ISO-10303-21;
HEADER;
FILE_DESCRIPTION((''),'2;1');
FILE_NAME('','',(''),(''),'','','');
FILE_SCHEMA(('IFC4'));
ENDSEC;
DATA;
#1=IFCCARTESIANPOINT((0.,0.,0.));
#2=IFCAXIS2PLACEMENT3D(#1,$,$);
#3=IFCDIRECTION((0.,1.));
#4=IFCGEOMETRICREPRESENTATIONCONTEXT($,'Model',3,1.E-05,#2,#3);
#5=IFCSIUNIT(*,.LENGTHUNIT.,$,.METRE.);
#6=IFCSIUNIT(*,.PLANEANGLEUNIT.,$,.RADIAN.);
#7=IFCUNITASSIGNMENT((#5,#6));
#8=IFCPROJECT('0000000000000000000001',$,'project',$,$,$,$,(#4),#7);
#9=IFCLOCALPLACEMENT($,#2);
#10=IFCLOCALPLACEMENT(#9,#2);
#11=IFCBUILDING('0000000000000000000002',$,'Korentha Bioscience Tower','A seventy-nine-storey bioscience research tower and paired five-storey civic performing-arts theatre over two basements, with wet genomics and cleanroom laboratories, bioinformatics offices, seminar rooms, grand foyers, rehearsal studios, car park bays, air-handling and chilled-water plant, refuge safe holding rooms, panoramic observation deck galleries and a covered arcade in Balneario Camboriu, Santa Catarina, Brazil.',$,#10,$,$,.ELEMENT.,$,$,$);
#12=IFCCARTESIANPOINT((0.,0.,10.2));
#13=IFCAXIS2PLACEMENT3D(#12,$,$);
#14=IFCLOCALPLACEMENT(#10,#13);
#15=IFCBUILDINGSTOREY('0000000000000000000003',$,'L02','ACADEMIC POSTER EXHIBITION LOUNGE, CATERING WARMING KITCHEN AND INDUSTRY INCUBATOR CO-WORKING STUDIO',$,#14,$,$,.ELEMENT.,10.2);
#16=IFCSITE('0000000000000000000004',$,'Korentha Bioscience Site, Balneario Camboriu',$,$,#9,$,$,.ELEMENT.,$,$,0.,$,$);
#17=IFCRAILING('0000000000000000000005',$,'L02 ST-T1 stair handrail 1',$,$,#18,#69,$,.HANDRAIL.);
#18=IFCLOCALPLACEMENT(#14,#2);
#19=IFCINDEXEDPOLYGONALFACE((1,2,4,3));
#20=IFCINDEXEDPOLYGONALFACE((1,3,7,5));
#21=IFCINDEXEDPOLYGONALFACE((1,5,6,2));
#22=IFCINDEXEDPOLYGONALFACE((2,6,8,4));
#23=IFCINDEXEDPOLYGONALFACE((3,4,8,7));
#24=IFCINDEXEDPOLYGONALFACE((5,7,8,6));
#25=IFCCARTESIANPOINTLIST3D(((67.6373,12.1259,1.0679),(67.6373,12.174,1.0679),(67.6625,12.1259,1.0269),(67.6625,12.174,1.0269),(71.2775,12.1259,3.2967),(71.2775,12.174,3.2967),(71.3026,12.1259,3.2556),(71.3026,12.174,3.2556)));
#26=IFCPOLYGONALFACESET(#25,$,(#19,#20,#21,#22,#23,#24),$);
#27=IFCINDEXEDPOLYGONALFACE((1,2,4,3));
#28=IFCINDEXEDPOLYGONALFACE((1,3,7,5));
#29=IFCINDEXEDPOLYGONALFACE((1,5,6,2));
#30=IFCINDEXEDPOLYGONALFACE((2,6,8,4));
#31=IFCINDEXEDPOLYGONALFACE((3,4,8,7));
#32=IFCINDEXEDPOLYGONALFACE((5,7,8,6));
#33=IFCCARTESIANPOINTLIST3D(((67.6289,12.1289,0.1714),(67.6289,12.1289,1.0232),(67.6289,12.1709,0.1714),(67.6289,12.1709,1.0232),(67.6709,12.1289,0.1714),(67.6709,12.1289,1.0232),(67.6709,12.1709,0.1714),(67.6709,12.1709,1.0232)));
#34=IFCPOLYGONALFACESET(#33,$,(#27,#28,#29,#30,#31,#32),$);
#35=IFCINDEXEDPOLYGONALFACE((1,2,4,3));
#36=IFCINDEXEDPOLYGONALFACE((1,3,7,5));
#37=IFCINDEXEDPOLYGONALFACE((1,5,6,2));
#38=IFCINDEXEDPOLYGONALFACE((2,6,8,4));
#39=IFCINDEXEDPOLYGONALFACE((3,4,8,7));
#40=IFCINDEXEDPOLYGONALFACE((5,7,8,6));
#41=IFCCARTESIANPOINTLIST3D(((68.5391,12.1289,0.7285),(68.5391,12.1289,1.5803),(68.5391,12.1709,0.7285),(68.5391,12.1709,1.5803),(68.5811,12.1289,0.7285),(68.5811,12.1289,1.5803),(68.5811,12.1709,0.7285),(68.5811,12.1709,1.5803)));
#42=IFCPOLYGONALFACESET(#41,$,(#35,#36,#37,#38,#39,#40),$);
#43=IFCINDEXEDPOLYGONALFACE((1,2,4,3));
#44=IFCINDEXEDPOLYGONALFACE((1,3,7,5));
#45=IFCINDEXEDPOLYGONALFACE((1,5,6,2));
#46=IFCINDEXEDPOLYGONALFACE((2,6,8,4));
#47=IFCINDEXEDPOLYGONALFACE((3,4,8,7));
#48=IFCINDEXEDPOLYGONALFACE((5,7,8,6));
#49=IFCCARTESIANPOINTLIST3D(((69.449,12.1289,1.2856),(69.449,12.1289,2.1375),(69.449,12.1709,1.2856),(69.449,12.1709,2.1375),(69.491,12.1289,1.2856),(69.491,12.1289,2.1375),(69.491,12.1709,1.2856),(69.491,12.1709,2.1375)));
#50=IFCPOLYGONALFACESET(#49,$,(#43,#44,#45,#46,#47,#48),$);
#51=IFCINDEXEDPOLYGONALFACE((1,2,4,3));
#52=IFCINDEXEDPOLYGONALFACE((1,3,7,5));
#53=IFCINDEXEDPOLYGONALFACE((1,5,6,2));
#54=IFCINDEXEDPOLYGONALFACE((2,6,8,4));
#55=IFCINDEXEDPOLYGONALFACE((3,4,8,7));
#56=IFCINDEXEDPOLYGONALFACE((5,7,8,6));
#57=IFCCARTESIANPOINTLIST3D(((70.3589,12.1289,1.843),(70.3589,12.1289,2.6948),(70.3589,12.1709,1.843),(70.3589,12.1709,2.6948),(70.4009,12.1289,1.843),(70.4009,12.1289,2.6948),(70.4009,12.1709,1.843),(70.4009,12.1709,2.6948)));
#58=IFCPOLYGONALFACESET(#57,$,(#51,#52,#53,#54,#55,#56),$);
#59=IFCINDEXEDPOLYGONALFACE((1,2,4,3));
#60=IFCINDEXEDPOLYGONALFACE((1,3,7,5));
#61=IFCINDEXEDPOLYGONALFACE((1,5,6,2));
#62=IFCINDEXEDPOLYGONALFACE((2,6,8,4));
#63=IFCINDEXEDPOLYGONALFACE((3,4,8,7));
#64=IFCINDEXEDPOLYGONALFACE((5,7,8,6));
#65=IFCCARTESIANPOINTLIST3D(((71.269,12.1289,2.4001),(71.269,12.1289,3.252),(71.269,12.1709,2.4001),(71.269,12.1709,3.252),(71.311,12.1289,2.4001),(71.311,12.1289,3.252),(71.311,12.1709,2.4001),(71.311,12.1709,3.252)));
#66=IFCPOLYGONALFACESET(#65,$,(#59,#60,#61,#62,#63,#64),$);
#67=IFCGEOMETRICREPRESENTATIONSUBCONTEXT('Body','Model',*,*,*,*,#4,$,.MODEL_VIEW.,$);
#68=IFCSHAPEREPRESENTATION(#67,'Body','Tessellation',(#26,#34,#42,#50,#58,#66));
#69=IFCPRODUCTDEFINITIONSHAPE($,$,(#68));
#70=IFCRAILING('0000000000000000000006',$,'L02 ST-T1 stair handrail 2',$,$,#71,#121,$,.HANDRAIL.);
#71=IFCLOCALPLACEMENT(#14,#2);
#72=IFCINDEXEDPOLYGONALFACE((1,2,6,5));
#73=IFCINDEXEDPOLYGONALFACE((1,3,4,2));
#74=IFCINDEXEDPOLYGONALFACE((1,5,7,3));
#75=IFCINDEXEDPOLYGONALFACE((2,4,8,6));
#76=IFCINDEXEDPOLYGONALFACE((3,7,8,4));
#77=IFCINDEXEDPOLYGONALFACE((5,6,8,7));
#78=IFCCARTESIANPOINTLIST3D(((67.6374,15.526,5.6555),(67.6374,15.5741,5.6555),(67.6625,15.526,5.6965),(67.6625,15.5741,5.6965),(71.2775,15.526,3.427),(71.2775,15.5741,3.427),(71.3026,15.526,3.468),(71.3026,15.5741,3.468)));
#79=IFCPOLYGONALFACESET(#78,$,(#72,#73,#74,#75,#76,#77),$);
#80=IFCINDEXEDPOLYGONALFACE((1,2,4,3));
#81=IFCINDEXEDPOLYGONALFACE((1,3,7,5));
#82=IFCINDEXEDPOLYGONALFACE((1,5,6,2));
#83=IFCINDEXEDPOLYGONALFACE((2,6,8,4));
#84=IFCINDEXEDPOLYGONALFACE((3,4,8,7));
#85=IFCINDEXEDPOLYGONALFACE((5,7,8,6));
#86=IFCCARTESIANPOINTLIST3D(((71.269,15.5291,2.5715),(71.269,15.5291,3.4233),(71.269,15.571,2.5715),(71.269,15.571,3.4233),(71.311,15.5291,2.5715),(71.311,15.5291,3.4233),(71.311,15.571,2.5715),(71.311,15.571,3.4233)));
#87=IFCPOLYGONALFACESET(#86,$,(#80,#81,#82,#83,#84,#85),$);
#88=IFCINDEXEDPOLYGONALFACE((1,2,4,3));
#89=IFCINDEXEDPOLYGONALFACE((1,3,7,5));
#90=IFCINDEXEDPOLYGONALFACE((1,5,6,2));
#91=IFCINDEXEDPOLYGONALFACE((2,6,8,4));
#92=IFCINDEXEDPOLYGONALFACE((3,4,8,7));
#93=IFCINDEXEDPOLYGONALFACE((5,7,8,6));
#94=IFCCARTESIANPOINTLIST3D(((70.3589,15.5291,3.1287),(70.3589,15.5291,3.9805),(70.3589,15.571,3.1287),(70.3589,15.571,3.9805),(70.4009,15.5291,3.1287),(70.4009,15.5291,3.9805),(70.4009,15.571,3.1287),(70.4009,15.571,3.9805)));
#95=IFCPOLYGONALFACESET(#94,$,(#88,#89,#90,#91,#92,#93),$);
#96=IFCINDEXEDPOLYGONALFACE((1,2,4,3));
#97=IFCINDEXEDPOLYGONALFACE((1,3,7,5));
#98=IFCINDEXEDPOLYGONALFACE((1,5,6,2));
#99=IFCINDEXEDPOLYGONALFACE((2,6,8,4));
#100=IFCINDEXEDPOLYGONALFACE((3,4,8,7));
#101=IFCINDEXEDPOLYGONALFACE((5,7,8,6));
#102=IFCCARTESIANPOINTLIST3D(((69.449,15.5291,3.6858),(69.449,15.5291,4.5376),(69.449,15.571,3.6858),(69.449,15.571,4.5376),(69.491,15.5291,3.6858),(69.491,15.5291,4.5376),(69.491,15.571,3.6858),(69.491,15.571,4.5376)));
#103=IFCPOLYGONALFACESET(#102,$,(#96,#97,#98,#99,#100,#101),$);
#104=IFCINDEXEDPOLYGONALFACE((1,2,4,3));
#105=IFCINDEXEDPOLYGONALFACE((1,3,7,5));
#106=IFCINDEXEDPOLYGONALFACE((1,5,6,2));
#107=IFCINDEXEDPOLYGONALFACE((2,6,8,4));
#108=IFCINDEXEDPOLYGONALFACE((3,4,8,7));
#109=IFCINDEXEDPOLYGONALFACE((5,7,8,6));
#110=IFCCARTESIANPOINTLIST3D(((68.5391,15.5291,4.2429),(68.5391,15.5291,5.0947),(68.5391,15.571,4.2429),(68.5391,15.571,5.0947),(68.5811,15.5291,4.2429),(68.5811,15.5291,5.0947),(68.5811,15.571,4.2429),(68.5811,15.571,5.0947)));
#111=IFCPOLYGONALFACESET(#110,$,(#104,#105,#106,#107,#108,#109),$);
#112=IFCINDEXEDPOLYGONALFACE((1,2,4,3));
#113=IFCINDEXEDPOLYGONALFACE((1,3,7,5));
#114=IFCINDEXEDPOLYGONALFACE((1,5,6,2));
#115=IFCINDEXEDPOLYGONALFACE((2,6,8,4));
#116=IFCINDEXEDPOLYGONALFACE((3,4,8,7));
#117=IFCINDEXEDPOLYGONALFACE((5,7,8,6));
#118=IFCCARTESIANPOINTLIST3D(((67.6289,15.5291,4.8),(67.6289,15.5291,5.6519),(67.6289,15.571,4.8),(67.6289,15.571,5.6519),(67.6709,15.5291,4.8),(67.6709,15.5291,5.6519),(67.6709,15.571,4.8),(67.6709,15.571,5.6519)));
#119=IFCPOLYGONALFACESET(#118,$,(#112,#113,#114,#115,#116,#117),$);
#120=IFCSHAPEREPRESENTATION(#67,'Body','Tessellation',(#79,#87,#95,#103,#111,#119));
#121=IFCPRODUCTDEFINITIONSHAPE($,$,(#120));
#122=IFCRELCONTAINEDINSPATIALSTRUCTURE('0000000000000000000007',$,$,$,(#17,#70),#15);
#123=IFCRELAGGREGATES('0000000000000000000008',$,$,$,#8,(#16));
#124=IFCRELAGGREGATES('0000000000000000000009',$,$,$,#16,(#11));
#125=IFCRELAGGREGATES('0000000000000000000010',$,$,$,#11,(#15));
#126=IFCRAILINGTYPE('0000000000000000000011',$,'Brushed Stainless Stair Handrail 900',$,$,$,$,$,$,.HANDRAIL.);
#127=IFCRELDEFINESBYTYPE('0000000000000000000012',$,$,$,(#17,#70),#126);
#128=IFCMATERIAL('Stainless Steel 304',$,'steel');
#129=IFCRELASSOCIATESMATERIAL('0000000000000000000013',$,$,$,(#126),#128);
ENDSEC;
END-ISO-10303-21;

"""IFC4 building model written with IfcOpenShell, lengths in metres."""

from ifc_helpers import new_model, si_unit, direction, frame, origin, origin_2d, place, context, subcontext, project, spatial, rectangle, extrude, material, type_object, element, save


model = new_model("IFC4")

# Units and contexts
model_context = context("Model", 3, precision=1e-05, world=origin(), true_north=direction((0.0, 1.0)))
body_context = subcontext(model_context, "Body", "Model", "MODEL_VIEW")
ifc_project = project(units=[si_unit("LENGTHUNIT", "METRE"), si_unit("PLANEANGLEUNIT", "RADIAN")], contexts=[model_context])

# Site, building, storey
site_placement = place(None, origin())
site = spatial("IfcSite", under=ifc_project, at=site_placement, Name="Korentha Bioscience Site, Balneario Camboriu", CompositionType="ELEMENT", RefElevation=0.0)
building_placement = place(site_placement, origin())
building = spatial("IfcBuilding", under=site, at=building_placement, Name="Korentha Bioscience Tower", Description="A seventy-nine-storey bioscience research tower and paired five-storey civic performing-arts theatre over two basements, with wet genomics and cleanroom laboratories, bioinformatics offices, seminar rooms, grand foyers, rehearsal studios, car park bays, air-handling and chilled-water plant, refuge safe holding rooms, panoramic observation deck galleries and a covered arcade in Balneario Camboriu, Santa Catarina, Brazil.", CompositionType="ELEMENT")
storey_placement = place(building_placement, frame((0.0, 0.0, 10.2)))
storey = spatial("IfcBuildingStorey", under=building, at=storey_placement, Name="L02", Description="ACADEMIC POSTER EXHIBITION LOUNGE, CATERING WARMING KITCHEN AND INDUSTRY INCUBATOR CO-WORKING STUDIO", CompositionType="ELEMENT", Elevation=10.2)

# Railings
ifc_material_1 = material(Name="Stainless Steel 304", Category="steel")
railing_type_1 = type_object("IfcRailingType", Name="Brushed Stainless Stair Handrail 900", PredefinedType="HANDRAIL", material=ifc_material_1)
railing_1_placement = place(storey_placement, frame((67.6499, 12.1499, 0.1714)))
element("IfcRailing", 1, at=railing_1_placement, inside=storey, type_object=railing_type_1, Name="L02 ST-T1 stair handrail 1", PredefinedType="HANDRAIL", context=body_context, shape_type="SweptSolid", body=[
    extrude(rectangle(XDim=0.0481, YDim=0.0481, at=origin_2d()), frame((0.0, 0.0, 0.876), z_axis=(0.85284, 0.0, 0.522172), x_axis=(0.0, 1.0, 0.0)), (0.0, 0.0, 1.0), 4.2683),
    extrude(rectangle(XDim=0.042, YDim=0.042, at=origin_2d()), origin(), (0.0, 0.0, 1.0), 0.8518),
    extrude(rectangle(XDim=0.042, YDim=0.042, at=origin_2d()), frame((0.9102, 0.0, 0.5571)), (0.0, 0.0, 1.0), 0.8518),
    extrude(rectangle(XDim=0.042, YDim=0.042, at=origin_2d()), frame((1.8201, 0.0, 1.1143)), (0.0, 0.0, 1.0), 0.8518),
    extrude(rectangle(XDim=0.042, YDim=0.042, at=origin_2d()), frame((2.73, 0.0, 1.6716)), (0.0, 0.0, 1.0), 0.8518),
    extrude(rectangle(XDim=0.042, YDim=0.042, at=origin_2d()), frame((3.6401, 0.0, 2.2288)), (0.0, 0.0, 1.0), 0.8518),
])
railing_2_placement = place(storey_placement, frame((71.29, 15.55, 2.5715)))
element("IfcRailing", 2, at=railing_2_placement, inside=storey, type_object=railing_type_1, Name="L02 ST-T1 stair handrail 2", PredefinedType="HANDRAIL", context=body_context, shape_type="SweptSolid", body=[
    extrude(rectangle(XDim=0.0481, YDim=0.0481, at=origin_2d()), frame((0.0, 0.0, 0.876), z_axis=(-0.852866, 0.0, 0.52213), x_axis=(0.0, -1.0, 0.0)), (0.0, 0.0, 1.0), 4.2681),
    extrude(rectangle(XDim=0.042, YDim=0.042, at=origin_2d()), origin(), (0.0, 0.0, 1.0), 0.8518),
    extrude(rectangle(XDim=0.042, YDim=0.042, at=origin_2d()), frame((-0.9102, 0.0, 0.5571)), (0.0, 0.0, 1.0), 0.8518),
    extrude(rectangle(XDim=0.042, YDim=0.042, at=origin_2d()), frame((-1.8201, 0.0, 1.1143)), (0.0, 0.0, 1.0), 0.8518),
    extrude(rectangle(XDim=0.042, YDim=0.042, at=origin_2d()), frame((-2.73, 0.0, 1.6714)), (0.0, 0.0, 1.0), 0.8518),
    extrude(rectangle(XDim=0.042, YDim=0.042, at=origin_2d()), frame((-3.6401, 0.0, 2.2285)), (0.0, 0.0, 1.0), 0.8518),
])

save(model, "model.ifc")
